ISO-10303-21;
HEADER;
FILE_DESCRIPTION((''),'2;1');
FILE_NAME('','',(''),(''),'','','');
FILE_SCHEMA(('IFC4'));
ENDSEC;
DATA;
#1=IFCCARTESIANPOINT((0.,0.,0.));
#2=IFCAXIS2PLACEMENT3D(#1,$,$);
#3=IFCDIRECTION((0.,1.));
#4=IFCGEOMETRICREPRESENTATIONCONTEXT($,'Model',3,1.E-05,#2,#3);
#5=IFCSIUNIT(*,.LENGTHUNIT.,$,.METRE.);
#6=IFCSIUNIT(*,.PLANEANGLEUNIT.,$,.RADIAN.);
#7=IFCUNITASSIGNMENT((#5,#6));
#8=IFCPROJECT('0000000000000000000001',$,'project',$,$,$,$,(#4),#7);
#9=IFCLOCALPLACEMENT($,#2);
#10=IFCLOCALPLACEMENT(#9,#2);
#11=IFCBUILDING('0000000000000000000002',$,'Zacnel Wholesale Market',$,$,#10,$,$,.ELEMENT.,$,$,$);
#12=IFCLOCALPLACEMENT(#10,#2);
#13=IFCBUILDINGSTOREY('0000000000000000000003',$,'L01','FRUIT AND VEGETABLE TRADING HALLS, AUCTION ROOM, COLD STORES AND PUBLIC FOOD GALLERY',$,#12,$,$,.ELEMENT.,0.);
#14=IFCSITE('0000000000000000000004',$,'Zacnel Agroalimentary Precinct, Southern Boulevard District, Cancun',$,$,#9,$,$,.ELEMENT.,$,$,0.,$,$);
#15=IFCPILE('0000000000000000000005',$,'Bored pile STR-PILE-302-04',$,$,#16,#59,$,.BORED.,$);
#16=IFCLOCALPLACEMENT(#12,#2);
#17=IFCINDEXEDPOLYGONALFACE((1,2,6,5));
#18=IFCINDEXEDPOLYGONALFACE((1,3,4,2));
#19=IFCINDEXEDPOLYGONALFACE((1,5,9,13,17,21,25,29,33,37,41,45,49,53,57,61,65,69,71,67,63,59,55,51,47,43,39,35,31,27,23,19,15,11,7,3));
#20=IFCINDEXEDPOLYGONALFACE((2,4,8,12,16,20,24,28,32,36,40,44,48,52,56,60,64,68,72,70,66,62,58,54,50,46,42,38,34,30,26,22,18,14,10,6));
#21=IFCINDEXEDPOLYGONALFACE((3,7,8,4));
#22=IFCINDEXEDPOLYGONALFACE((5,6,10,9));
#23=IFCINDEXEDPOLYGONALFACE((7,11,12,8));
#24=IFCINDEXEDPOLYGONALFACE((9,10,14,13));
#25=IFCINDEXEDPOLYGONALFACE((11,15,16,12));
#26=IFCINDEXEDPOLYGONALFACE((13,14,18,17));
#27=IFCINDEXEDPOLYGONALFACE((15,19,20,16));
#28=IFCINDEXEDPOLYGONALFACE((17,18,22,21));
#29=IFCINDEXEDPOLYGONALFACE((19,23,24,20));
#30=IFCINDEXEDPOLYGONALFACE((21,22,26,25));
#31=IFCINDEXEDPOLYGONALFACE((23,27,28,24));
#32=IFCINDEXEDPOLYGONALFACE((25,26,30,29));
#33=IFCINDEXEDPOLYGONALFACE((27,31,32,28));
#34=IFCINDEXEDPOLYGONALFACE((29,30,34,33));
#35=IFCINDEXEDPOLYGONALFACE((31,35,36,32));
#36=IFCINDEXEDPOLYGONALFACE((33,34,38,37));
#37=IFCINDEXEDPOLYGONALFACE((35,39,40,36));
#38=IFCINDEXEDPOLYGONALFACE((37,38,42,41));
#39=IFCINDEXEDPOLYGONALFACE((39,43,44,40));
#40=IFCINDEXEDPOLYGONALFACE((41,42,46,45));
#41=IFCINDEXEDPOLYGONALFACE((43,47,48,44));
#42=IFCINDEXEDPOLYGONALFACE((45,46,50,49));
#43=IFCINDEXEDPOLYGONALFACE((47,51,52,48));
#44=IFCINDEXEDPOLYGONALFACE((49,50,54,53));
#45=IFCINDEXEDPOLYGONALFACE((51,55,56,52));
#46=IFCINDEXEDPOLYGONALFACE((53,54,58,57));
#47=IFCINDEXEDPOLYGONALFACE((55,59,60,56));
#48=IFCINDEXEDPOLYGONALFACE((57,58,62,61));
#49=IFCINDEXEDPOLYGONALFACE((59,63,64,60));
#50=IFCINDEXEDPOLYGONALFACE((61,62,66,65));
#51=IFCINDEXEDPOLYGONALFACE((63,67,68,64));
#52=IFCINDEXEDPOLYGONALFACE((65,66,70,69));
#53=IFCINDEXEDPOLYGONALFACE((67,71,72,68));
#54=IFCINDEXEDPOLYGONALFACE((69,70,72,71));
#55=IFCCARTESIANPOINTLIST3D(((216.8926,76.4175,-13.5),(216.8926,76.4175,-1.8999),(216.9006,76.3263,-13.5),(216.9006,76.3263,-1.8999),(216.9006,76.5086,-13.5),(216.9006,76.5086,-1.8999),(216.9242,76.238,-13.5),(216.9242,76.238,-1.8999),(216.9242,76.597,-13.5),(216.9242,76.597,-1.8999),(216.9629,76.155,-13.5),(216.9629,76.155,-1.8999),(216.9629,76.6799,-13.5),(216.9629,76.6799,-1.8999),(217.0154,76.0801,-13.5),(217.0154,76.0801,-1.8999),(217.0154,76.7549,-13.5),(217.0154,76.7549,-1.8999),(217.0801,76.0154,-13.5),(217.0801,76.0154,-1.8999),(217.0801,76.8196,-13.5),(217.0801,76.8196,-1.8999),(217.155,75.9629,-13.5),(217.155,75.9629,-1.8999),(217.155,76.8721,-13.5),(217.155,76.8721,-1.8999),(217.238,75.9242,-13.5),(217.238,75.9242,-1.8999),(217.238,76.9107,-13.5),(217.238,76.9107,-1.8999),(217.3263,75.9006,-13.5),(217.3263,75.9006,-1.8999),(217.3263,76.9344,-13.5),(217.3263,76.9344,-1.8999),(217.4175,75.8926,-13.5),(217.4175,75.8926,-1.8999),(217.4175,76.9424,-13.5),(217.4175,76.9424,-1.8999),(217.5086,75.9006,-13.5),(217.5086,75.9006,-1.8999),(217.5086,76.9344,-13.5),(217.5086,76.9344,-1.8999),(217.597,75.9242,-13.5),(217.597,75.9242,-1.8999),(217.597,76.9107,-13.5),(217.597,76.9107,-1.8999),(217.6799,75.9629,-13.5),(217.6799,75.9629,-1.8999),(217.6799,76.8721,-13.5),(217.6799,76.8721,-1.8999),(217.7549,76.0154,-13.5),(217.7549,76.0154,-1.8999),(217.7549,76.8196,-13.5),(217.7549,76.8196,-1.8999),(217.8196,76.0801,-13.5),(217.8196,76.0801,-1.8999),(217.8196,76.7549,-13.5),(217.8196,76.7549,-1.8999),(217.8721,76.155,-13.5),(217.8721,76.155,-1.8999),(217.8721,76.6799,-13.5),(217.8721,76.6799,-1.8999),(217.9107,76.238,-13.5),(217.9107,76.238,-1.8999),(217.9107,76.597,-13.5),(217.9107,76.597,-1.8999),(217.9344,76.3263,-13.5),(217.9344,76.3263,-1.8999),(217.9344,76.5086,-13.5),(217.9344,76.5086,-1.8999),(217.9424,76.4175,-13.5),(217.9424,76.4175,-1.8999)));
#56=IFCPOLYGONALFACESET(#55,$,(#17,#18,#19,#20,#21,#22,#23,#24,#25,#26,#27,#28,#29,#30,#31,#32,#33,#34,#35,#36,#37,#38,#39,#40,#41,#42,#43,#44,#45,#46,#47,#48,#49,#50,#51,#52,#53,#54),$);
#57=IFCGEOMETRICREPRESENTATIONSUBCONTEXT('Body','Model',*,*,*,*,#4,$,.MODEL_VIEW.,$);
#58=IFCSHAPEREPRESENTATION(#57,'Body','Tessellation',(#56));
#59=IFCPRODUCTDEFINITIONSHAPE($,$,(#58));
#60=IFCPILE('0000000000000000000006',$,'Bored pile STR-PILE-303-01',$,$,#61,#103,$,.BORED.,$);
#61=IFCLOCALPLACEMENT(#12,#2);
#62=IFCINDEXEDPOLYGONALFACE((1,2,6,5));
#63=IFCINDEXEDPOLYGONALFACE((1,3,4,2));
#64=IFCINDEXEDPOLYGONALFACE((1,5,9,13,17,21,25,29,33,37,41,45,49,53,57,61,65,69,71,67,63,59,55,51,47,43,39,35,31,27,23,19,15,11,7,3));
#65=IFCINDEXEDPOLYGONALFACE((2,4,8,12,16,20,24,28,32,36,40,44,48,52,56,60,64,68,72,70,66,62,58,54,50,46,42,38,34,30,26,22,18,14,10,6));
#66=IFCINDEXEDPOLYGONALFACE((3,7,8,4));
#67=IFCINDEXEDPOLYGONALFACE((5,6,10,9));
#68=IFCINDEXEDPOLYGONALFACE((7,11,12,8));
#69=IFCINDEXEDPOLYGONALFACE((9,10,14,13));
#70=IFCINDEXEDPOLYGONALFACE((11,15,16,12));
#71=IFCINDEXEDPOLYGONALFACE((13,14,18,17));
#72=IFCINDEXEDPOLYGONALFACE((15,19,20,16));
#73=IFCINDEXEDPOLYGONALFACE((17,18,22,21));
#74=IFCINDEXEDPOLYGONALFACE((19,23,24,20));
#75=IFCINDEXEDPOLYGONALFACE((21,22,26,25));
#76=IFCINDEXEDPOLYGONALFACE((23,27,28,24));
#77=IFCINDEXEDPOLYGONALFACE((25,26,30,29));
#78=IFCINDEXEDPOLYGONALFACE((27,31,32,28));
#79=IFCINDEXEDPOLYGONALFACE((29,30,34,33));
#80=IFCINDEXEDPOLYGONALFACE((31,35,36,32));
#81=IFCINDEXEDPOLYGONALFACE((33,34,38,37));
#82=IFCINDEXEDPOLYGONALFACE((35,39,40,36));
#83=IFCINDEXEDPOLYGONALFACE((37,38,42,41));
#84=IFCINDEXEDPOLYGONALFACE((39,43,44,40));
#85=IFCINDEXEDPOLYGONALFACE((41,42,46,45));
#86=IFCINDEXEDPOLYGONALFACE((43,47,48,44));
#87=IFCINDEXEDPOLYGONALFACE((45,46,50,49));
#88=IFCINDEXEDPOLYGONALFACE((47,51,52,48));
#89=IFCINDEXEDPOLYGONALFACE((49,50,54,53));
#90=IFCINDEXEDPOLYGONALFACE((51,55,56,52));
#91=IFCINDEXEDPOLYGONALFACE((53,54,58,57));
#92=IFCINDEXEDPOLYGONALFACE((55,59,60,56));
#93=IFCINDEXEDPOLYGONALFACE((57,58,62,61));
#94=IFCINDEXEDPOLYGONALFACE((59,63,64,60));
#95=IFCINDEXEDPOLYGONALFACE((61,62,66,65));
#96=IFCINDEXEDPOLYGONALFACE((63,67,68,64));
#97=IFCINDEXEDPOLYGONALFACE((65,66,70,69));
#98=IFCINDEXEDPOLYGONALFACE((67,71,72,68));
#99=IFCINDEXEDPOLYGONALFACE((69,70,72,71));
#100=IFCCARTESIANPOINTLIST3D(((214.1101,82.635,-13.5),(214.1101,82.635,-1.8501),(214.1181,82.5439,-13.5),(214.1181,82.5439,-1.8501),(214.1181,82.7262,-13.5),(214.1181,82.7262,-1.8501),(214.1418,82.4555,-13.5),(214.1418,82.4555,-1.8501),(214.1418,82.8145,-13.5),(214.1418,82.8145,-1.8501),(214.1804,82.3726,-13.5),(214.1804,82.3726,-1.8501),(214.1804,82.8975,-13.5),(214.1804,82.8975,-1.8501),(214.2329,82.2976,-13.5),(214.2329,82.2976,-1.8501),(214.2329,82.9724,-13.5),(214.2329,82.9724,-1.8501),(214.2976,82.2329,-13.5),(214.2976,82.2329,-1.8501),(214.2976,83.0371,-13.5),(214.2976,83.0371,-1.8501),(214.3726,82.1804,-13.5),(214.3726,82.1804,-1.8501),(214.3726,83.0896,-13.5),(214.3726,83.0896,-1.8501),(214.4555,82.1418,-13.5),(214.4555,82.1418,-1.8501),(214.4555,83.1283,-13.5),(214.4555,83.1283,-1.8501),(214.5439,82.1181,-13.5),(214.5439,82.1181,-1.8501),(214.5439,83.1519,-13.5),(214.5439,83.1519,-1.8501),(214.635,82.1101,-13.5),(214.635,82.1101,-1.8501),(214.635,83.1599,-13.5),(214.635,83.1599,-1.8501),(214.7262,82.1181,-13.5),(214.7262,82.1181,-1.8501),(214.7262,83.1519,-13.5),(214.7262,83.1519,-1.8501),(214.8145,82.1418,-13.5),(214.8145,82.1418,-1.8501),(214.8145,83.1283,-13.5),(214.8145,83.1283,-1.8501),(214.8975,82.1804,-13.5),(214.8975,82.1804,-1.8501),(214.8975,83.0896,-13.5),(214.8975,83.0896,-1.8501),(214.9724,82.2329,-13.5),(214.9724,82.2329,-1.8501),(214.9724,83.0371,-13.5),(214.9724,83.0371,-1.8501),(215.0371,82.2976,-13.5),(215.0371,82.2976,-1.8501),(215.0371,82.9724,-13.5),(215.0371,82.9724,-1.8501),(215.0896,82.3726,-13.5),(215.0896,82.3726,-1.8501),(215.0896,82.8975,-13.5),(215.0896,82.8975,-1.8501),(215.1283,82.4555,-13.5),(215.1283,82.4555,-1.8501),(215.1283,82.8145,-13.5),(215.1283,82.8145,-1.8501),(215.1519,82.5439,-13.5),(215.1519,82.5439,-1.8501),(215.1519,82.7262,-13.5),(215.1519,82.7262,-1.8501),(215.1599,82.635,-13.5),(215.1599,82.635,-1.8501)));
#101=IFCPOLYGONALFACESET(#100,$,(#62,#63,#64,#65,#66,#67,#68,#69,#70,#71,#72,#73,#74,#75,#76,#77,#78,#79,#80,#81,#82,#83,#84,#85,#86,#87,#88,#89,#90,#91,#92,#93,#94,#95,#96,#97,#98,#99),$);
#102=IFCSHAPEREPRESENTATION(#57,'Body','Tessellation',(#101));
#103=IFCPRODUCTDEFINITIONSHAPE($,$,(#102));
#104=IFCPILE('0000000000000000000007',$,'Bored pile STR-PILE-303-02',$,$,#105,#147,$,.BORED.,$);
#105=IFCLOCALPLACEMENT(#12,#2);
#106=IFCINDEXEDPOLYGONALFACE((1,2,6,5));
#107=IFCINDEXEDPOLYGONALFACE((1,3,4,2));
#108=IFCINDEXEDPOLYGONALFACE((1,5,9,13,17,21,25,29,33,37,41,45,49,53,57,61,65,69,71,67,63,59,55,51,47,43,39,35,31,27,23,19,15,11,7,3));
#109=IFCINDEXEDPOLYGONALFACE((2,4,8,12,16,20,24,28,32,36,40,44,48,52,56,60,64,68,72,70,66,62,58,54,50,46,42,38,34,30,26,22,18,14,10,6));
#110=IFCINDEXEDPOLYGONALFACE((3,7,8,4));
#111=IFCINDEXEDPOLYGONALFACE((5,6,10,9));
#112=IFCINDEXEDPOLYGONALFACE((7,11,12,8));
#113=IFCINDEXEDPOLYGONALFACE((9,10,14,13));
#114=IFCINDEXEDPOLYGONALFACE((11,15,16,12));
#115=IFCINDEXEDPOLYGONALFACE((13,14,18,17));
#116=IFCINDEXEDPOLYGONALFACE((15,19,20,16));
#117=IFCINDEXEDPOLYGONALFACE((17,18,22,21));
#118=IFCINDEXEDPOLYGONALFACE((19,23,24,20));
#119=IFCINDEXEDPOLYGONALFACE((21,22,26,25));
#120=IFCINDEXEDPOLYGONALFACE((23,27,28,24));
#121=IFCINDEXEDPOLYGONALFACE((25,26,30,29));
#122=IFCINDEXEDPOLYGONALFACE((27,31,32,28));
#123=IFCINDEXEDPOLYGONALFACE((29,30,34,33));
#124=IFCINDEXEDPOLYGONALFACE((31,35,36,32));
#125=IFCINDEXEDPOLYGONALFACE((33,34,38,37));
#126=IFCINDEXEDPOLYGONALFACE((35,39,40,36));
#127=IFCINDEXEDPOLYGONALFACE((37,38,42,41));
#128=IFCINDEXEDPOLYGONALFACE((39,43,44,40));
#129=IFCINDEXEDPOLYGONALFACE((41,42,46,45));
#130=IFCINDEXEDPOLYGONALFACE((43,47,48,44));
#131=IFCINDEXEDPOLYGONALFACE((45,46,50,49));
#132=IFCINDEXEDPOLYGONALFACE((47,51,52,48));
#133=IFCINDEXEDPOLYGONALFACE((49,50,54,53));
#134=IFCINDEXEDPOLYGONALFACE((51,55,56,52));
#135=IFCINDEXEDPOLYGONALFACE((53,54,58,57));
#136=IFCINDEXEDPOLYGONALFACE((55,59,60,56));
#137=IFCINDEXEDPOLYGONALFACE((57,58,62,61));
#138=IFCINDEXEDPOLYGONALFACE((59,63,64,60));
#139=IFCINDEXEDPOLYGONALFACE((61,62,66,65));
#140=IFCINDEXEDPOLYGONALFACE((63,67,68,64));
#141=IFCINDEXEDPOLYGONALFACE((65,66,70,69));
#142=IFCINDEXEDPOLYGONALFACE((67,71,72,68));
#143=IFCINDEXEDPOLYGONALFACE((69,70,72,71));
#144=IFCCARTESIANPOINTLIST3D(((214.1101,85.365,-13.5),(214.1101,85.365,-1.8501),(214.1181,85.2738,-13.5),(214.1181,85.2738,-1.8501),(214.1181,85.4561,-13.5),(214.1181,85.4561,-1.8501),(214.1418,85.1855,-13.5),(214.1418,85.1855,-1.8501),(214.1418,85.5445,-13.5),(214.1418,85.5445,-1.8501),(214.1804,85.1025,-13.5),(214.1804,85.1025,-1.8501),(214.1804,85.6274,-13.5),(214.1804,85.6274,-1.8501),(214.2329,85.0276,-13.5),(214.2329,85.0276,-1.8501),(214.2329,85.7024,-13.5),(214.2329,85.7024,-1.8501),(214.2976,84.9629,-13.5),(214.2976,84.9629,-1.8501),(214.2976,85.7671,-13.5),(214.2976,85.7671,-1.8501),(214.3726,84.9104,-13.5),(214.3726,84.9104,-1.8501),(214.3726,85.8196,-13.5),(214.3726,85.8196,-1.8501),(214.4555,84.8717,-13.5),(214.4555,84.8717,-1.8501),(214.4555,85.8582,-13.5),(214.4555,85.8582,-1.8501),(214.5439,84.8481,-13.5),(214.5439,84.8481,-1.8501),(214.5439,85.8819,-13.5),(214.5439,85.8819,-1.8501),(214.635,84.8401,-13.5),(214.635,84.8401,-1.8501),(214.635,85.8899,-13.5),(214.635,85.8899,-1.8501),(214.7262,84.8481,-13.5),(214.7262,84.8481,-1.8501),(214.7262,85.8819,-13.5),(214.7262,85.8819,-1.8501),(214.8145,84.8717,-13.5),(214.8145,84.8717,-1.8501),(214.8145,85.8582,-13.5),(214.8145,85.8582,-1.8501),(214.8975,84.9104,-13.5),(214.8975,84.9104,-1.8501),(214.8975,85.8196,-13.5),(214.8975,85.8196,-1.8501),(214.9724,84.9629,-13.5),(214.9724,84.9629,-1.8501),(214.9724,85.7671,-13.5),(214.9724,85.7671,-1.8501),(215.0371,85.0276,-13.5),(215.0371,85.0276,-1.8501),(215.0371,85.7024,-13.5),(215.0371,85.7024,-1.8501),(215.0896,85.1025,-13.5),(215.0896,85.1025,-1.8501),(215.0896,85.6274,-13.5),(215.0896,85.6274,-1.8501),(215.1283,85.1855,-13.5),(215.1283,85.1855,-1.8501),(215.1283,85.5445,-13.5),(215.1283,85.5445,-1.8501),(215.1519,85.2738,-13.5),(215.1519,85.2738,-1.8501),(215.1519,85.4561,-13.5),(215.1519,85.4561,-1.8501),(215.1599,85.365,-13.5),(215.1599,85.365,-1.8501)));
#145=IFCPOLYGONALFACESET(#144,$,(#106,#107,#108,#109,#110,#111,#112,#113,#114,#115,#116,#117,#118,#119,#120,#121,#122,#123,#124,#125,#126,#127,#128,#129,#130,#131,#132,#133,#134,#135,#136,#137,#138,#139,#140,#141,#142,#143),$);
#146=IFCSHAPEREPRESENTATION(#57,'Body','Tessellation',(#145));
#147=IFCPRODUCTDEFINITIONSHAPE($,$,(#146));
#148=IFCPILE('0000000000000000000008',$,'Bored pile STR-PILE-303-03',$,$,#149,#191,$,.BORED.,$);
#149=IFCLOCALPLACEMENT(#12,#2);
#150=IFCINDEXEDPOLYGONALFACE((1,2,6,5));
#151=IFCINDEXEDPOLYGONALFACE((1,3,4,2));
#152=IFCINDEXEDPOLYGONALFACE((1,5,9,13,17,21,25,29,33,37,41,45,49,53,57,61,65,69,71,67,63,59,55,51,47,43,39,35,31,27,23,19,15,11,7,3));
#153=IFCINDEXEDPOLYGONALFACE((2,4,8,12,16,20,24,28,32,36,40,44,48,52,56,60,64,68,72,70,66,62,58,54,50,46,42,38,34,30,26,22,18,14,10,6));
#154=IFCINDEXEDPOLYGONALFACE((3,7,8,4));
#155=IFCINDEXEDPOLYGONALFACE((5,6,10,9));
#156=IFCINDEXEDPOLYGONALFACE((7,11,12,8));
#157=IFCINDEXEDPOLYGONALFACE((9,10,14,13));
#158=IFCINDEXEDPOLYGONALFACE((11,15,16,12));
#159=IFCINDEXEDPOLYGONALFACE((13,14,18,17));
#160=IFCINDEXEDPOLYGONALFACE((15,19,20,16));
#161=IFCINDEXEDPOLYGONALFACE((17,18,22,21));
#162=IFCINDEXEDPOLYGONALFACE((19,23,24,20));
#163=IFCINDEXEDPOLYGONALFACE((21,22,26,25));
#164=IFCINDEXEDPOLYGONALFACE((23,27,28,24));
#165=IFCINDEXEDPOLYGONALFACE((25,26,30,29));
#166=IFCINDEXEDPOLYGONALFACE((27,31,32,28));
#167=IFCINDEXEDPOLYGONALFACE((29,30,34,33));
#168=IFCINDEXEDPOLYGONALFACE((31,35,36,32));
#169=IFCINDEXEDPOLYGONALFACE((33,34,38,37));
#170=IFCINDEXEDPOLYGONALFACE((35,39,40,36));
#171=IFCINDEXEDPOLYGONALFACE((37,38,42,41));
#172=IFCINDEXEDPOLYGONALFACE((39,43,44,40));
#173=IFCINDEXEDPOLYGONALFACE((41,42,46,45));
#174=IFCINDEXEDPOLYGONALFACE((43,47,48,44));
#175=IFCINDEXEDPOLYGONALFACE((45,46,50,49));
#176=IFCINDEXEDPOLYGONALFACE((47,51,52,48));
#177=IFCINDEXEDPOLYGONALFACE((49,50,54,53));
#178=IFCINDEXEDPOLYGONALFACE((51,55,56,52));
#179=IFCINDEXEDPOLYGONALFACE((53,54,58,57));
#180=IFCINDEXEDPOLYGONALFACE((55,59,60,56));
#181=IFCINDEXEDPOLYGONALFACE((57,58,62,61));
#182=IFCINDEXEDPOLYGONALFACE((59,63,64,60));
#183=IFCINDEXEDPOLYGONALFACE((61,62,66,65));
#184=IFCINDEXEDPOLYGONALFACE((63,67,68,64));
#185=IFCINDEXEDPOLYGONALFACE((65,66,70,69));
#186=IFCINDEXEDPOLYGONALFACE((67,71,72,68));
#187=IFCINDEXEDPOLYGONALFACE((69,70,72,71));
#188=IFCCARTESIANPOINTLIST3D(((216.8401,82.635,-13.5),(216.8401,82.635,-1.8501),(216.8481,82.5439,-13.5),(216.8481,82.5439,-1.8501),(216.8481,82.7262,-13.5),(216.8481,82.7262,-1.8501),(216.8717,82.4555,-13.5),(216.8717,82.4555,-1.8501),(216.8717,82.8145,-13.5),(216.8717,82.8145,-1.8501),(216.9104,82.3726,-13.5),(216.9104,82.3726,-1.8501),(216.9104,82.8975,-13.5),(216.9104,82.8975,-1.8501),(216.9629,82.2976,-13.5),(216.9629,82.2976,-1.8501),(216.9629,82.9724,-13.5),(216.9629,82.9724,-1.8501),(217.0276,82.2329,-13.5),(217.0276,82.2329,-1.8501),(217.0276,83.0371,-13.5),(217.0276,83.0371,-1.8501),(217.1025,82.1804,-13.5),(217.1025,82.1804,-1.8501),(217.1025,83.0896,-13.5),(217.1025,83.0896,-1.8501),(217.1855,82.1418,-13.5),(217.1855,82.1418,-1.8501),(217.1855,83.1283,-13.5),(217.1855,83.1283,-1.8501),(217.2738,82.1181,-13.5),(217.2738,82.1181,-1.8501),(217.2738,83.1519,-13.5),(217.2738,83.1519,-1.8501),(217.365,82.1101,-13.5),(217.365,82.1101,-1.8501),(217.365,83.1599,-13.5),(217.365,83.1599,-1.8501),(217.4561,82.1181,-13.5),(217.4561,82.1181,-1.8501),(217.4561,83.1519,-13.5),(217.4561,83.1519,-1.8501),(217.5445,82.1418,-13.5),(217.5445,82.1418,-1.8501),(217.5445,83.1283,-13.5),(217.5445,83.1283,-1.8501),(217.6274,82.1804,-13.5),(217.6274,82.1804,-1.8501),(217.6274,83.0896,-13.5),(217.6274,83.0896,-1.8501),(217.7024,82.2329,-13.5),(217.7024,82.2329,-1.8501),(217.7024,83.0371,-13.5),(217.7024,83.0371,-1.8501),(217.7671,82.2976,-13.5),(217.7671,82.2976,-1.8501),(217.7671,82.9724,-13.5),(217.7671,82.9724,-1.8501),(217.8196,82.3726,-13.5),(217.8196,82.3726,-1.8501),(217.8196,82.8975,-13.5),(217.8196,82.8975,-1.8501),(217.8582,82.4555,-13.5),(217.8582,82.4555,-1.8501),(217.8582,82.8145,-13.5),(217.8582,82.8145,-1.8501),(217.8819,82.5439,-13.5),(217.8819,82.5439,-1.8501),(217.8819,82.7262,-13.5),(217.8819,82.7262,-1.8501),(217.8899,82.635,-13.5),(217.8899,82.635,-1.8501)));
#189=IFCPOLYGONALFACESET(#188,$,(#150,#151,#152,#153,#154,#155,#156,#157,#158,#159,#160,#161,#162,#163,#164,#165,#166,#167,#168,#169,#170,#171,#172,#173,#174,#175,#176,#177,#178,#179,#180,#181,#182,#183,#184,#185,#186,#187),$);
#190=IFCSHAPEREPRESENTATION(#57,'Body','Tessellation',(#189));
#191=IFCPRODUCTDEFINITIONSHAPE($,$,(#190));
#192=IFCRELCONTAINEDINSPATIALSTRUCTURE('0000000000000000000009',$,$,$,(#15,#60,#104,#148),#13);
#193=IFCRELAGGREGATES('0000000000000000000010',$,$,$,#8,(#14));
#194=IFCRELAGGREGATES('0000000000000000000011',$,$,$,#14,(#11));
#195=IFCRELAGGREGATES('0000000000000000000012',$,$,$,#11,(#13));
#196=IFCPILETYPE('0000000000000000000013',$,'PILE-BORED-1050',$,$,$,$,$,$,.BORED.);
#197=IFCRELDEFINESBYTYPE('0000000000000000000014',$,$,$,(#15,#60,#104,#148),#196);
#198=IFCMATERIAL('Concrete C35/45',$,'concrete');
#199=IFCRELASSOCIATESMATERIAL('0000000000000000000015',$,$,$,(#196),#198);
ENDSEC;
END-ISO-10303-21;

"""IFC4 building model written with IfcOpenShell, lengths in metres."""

from ifc_helpers import new_model, si_unit, direction, frame, origin, origin_2d, place, context, subcontext, project, spatial, circle, extrude, material, material_profile, profile_set, type_object, element, save


model = new_model("IFC4")

# Units and contexts
model_context = context("Model", 3, precision=1e-05, world=origin(), true_north=direction((0.0, 1.0)))
body_context = subcontext(model_context, "Body", "Model", "MODEL_VIEW")
ifc_project = project(units=[si_unit("LENGTHUNIT", "METRE"), si_unit("PLANEANGLEUNIT", "RADIAN")], contexts=[model_context])

# Site, building, storey
site_placement = place(None, origin())
site = spatial("IfcSite", under=ifc_project, at=site_placement, Name="Zacnel Agroalimentary Precinct, Southern Boulevard District, Cancun", CompositionType="ELEMENT", RefElevation=0.0)
building_placement = place(site_placement, origin())
building = spatial("IfcBuilding", under=site, at=building_placement, Name="Zacnel Wholesale Market", CompositionType="ELEMENT")
storey_placement = place(building_placement, origin())
storey = spatial("IfcBuildingStorey", under=building, at=storey_placement, Name="L01", Description="FRUIT AND VEGETABLE TRADING HALLS, AUCTION ROOM, COLD STORES AND PUBLIC FOOD GALLERY", CompositionType="ELEMENT", Elevation=0.0)

# Piles
ifc_material_1 = material(Name="Concrete C35/45", Category="concrete")
ifc_material_profile_1 = material_profile(ifc_material_1, circle(Radius=0.5249, at=origin_2d()), Name="BORED PILE D1050")
ifc_profile_set_1 = profile_set([ifc_material_profile_1], Name="Concrete C35/45")
pile_type = type_object("IfcPileType", Name="PILE-BORED-1050", PredefinedType="BORED", material=ifc_profile_set_1)
for number, where, z_axis, x_axis, name in (
    (1, (217.4175, 76.4175, -1.8999), (0.0, 0.0, -1.0), (1.0, 0.0, 0.0), "Bored pile STR-PILE-302-04"),
):
    element("IfcPile", number, at=place(storey_placement, frame(where, z_axis=z_axis, x_axis=x_axis)), inside=storey, type_object=pile_type, Name=name, PredefinedType="BORED", context=body_context, shape_type="SweptSolid", body=[
        extrude(circle(Radius=0.5249, at=origin_2d()), origin(), (0.0, 0.0, 1.0), 11.6001),
    ])
for number, where, z_axis, x_axis, name in (
    (2, (214.635, 82.635, -1.8501), (0.0, 0.0, -1.0), (1.0, 0.0, 0.0), "Bored pile STR-PILE-303-01"),
    (3, (214.635, 85.365, -1.8501), (0.0, 0.0, -1.0), (1.0, 0.0, 0.0), "Bored pile STR-PILE-303-02"),
    (4, (217.365, 82.635, -1.8501), (0.0, 0.0, -1.0), (1.0, 0.0, 0.0), "Bored pile STR-PILE-303-03"),
):
    element("IfcPile", number, at=place(storey_placement, frame(where, z_axis=z_axis, x_axis=x_axis)), inside=storey, type_object=pile_type, Name=name, PredefinedType="BORED", context=body_context, shape_type="SweptSolid", body=[
        extrude(circle(Radius=0.5249, at=origin_2d()), origin(), (0.0, 0.0, 1.0), 11.6499),
    ])

save(model, "model.ifc")
